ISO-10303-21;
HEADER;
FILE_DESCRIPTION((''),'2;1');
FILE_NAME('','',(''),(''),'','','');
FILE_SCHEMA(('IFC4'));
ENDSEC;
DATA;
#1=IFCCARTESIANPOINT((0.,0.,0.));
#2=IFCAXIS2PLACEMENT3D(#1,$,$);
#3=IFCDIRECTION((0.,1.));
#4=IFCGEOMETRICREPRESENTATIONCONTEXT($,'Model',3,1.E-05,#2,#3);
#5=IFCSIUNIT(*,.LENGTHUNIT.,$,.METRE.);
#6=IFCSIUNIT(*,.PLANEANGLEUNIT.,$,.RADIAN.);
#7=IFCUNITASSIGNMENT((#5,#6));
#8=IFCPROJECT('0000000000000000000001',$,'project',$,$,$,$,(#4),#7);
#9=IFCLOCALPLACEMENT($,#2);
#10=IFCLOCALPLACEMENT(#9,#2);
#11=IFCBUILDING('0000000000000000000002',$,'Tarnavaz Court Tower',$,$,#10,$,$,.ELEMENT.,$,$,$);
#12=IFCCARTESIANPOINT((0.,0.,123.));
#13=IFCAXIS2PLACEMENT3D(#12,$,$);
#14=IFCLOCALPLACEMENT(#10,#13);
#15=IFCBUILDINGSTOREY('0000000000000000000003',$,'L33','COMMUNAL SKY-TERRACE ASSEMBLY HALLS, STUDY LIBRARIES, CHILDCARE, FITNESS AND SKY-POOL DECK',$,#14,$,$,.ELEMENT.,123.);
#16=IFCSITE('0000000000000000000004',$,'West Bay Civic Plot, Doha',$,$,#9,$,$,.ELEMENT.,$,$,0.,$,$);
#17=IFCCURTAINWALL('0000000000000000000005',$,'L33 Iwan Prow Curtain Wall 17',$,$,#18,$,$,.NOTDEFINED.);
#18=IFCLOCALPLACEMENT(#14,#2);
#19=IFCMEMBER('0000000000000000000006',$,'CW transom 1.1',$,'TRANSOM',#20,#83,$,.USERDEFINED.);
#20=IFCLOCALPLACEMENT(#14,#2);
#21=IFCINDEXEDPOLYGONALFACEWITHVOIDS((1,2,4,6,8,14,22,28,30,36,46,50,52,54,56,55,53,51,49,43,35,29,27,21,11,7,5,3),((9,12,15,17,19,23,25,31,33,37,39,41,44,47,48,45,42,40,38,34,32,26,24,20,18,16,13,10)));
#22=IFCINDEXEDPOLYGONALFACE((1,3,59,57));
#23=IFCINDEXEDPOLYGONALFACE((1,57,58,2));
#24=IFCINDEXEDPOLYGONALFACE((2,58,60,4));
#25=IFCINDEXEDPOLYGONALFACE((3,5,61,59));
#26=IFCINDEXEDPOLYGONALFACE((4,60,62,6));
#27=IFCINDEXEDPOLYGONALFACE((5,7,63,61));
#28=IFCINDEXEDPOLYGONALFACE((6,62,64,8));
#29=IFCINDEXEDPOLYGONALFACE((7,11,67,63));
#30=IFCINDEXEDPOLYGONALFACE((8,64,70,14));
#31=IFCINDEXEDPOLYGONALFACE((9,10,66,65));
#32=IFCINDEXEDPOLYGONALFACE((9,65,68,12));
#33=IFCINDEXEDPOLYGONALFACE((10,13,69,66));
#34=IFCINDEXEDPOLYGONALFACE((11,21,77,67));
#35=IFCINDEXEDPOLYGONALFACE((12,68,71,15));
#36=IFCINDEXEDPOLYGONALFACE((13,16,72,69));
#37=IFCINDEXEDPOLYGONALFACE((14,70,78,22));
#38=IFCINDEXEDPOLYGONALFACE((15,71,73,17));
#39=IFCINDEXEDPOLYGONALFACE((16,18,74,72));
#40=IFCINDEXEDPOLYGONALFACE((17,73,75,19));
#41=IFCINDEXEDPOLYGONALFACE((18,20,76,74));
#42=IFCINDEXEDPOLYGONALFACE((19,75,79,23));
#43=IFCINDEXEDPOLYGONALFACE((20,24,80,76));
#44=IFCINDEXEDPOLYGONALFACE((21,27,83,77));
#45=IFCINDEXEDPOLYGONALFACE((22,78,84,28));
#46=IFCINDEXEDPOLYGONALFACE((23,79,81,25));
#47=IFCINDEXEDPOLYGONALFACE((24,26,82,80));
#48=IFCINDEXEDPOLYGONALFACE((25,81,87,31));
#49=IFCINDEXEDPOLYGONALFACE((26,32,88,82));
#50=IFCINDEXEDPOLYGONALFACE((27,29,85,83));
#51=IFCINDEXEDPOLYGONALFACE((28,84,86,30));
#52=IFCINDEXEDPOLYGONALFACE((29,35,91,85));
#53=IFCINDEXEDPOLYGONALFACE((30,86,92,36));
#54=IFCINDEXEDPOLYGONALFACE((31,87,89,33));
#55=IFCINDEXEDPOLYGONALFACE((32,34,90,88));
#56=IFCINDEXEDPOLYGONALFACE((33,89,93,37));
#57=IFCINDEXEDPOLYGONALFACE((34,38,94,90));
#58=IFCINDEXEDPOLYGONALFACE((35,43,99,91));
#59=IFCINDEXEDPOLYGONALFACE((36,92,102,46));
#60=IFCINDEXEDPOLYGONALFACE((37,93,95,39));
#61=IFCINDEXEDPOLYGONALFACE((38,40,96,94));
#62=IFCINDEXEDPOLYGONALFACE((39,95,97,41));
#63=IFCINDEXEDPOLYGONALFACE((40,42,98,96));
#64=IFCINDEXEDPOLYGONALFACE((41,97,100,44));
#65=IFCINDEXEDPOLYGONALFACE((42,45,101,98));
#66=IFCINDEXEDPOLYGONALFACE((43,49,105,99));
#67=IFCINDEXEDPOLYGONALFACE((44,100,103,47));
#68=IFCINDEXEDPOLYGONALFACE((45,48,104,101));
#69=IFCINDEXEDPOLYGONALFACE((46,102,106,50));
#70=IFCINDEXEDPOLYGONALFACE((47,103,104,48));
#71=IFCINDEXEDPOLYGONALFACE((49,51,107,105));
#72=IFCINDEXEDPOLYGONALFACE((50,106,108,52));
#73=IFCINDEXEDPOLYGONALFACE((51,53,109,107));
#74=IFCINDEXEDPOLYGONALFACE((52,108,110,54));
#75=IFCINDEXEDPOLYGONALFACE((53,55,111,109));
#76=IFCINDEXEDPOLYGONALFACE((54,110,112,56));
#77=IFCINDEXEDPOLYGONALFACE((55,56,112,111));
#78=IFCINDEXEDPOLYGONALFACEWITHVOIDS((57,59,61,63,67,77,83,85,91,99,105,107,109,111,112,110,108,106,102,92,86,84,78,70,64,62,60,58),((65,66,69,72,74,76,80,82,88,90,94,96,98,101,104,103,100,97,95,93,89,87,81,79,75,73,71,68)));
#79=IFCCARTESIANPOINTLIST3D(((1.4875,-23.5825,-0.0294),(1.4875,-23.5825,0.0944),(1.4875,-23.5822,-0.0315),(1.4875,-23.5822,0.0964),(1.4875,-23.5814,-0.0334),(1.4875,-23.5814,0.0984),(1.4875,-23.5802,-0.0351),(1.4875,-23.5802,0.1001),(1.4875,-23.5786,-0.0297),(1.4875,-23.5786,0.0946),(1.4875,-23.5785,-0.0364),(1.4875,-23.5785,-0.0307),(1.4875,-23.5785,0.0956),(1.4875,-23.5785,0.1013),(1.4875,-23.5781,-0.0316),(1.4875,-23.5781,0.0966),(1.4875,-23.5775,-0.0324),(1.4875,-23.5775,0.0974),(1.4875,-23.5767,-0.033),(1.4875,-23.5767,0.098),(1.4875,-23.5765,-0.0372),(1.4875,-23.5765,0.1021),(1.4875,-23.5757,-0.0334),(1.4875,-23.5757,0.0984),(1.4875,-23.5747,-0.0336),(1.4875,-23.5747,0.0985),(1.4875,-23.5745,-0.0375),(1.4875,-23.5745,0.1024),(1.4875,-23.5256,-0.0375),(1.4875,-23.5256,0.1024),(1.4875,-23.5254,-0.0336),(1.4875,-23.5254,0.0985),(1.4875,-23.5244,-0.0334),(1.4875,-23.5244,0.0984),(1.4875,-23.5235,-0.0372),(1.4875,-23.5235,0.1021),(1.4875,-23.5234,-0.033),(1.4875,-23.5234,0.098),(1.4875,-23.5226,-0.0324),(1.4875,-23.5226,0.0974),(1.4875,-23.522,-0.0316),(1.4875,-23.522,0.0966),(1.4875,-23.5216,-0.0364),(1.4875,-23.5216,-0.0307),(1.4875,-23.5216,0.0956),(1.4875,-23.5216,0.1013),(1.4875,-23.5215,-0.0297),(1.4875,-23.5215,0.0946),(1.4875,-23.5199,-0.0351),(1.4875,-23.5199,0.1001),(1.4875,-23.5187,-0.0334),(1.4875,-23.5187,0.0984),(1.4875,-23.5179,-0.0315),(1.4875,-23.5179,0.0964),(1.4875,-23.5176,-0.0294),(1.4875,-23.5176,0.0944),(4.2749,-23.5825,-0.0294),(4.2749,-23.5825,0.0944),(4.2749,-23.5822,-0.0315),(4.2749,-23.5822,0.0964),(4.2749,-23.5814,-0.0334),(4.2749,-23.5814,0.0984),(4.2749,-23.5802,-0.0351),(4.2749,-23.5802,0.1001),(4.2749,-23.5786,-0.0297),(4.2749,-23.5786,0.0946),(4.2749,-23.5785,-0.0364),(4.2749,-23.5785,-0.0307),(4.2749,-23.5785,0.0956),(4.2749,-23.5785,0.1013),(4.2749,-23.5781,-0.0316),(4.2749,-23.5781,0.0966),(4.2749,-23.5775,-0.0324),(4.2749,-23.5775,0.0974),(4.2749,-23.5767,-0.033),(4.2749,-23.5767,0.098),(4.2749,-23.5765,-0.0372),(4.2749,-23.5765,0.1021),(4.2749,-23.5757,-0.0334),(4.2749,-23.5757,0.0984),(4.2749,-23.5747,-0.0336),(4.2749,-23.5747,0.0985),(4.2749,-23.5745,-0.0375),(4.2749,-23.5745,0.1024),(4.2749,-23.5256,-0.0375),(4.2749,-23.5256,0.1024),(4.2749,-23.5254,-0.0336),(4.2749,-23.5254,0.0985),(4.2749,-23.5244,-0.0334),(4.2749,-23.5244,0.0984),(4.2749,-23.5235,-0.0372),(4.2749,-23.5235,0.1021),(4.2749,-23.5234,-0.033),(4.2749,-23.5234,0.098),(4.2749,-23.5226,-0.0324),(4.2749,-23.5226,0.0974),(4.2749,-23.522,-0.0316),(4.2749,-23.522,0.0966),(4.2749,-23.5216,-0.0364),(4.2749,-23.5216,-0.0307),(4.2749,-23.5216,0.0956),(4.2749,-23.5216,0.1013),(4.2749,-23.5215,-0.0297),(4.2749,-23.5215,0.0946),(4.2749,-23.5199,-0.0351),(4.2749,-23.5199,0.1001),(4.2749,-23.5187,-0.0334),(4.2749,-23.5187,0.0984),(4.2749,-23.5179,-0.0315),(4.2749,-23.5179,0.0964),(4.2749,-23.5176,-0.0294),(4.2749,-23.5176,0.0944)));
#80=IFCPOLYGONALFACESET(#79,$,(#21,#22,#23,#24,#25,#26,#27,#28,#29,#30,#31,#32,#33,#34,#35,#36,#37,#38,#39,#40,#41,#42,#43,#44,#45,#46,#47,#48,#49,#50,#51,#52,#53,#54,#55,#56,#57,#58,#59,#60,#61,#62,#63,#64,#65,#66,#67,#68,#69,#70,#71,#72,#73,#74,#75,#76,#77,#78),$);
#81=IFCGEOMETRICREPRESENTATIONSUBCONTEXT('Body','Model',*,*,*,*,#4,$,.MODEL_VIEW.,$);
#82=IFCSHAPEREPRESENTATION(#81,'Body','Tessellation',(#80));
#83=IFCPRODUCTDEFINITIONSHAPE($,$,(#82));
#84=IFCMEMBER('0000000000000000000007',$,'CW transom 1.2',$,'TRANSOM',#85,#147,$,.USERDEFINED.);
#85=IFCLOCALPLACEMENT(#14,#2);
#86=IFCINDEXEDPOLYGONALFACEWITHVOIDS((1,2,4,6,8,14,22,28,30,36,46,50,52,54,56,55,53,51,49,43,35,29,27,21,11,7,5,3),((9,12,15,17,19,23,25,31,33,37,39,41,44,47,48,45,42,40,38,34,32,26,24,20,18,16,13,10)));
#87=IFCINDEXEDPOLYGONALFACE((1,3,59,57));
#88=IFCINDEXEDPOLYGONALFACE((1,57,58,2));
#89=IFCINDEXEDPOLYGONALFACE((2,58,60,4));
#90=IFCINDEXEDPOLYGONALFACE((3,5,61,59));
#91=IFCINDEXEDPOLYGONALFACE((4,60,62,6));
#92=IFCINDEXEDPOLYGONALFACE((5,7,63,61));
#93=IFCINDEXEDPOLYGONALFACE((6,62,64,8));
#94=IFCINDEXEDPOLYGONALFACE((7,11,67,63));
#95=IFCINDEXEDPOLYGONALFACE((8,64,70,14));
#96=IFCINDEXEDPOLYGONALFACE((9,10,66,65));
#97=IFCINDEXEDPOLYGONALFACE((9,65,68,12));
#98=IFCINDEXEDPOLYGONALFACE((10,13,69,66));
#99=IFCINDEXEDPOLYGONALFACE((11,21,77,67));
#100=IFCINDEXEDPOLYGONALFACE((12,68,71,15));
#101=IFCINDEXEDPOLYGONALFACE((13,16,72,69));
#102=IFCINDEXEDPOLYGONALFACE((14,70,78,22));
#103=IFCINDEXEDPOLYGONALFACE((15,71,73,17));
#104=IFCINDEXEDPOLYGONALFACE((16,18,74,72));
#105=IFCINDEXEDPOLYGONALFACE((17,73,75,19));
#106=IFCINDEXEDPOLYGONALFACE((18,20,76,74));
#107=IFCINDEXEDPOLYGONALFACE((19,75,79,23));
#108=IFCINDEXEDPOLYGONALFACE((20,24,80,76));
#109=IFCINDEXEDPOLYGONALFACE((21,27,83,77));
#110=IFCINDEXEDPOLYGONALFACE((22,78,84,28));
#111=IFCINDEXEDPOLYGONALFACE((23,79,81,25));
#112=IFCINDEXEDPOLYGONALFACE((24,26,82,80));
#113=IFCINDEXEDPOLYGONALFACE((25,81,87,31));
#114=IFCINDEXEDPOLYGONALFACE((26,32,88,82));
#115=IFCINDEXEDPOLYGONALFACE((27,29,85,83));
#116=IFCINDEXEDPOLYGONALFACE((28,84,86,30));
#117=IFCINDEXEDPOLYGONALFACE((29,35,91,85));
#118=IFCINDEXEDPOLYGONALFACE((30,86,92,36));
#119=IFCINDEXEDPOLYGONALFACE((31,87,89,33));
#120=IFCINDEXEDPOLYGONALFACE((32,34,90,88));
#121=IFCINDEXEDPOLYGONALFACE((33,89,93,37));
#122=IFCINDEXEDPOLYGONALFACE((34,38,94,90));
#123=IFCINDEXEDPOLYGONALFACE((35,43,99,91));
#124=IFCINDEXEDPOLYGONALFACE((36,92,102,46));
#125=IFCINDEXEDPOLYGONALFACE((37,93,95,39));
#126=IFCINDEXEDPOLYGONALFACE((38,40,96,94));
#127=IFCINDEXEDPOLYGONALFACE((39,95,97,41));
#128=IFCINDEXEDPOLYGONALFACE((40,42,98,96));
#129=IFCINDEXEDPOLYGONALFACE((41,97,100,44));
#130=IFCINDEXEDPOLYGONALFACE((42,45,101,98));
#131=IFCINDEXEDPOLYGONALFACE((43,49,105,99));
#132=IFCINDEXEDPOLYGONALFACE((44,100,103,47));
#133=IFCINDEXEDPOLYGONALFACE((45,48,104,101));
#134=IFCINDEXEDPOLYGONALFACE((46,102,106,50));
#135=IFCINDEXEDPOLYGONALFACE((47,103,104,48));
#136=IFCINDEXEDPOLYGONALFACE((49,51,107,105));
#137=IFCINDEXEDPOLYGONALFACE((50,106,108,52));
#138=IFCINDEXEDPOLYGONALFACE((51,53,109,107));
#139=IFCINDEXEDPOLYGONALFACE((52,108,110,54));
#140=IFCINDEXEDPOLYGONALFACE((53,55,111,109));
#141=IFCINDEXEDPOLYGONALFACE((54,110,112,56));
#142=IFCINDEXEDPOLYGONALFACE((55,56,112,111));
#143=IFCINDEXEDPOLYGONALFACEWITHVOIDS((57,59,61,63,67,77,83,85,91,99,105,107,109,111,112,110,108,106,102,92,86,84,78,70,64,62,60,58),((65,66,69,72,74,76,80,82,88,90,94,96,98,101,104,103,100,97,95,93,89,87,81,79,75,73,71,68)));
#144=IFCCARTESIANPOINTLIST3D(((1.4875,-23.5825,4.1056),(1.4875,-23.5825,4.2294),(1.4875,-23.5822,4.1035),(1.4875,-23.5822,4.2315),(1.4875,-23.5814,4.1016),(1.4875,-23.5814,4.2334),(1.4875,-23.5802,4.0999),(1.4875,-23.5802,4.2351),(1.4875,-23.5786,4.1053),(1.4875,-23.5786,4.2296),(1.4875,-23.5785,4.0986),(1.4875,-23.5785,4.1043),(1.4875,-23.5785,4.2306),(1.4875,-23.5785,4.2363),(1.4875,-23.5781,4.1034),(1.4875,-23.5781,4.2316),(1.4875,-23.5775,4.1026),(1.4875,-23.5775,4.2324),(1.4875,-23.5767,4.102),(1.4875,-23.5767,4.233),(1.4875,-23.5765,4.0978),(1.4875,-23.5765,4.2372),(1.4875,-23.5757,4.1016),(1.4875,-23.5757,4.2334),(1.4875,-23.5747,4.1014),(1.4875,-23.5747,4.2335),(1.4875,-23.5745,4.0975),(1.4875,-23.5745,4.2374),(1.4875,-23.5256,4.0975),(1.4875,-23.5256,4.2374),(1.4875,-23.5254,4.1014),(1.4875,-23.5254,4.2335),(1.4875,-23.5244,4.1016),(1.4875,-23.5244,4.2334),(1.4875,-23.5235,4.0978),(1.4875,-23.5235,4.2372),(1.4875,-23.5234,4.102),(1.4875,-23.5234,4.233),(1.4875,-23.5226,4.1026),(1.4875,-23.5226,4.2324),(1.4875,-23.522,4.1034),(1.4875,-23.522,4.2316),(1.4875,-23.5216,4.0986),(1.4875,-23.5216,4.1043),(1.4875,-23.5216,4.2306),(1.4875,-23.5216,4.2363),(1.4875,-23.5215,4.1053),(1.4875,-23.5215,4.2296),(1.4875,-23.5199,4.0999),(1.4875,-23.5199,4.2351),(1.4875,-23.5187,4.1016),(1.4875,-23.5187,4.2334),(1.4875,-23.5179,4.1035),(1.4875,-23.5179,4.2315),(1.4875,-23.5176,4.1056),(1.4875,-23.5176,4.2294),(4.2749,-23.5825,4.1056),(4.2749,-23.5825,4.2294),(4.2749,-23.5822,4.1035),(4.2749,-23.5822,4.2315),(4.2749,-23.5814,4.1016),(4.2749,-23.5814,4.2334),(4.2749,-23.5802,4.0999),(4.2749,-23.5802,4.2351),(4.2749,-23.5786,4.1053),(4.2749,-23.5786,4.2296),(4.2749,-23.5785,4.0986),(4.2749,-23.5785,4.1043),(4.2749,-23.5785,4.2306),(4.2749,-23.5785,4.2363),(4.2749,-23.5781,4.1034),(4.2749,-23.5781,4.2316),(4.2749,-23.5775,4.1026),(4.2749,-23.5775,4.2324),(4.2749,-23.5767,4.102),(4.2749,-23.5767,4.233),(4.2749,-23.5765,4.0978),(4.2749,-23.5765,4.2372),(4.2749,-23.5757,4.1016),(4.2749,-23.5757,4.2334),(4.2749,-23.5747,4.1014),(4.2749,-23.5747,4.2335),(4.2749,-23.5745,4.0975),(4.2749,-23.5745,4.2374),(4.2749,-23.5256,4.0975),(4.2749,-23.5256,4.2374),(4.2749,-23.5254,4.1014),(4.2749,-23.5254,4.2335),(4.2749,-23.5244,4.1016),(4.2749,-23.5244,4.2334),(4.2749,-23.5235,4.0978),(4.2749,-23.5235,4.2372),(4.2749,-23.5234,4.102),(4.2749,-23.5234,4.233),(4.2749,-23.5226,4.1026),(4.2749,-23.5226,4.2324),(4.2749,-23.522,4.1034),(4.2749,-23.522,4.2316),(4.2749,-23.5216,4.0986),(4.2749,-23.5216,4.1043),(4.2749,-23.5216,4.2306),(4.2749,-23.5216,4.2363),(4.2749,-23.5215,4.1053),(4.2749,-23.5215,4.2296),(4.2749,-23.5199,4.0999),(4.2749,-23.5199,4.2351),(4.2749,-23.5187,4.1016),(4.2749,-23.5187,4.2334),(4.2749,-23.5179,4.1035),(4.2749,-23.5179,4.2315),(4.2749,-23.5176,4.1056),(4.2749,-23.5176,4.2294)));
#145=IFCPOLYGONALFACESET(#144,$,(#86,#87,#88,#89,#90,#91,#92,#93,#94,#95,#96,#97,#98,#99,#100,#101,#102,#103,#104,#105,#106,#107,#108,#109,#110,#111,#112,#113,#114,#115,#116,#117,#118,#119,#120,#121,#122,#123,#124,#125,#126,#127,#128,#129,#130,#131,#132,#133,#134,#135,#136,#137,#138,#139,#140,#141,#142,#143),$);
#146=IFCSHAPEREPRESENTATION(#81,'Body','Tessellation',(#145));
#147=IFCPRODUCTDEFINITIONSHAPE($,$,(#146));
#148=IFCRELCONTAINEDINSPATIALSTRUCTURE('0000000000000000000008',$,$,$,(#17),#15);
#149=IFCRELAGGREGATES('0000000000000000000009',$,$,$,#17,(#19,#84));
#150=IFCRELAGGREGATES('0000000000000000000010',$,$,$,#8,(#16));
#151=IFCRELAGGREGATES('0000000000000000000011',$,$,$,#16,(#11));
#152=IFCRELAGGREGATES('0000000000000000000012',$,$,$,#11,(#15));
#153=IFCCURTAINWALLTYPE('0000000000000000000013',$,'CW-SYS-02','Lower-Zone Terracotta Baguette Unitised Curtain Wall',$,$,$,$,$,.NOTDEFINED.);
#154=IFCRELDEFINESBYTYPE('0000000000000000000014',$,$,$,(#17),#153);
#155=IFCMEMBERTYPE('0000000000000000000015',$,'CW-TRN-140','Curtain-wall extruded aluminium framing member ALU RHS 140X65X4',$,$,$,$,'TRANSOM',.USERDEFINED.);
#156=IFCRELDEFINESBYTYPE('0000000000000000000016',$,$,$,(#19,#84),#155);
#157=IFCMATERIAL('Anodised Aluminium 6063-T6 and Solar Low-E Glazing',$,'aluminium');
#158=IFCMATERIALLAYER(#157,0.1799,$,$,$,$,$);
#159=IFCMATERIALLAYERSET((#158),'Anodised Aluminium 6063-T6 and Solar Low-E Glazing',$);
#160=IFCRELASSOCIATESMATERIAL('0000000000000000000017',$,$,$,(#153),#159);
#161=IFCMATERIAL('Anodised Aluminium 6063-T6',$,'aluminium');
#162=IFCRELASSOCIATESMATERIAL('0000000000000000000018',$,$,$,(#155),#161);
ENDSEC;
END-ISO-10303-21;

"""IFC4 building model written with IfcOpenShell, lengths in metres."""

from ifc_helpers import new_model, si_unit, direction, frame, origin, origin_2d, place, context, subcontext, project, spatial, hollow_rectangle, extrude, material, layer, layer_set, material_profile, profile_set, type_object, element, aggregate, save


model = new_model("IFC4")

# Units and contexts
model_context = context("Model", 3, precision=1e-05, world=origin(), true_north=direction((0.0, 1.0)))
body_context = subcontext(model_context, "Body", "Model", "MODEL_VIEW")
ifc_project = project(units=[si_unit("LENGTHUNIT", "METRE"), si_unit("PLANEANGLEUNIT", "RADIAN")], contexts=[model_context])

# Site, building, storey
site_placement = place(None, origin())
site = spatial("IfcSite", under=ifc_project, at=site_placement, Name="West Bay Civic Plot, Doha", CompositionType="ELEMENT", RefElevation=0.0)
building_placement = place(site_placement, origin())
building = spatial("IfcBuilding", under=site, at=building_placement, Name="Tarnavaz Court Tower", CompositionType="ELEMENT")
storey_placement = place(building_placement, frame((0.0, 0.0, 123.0)))
storey = spatial("IfcBuildingStorey", under=building, at=storey_placement, Name="L33", Description="COMMUNAL SKY-TERRACE ASSEMBLY HALLS, STUDY LIBRARIES, CHILDCARE, FITNESS AND SKY-POOL DECK", CompositionType="ELEMENT", Elevation=123.0)

# Shared definitions
ifc_material_1 = material(Name="Anodised Aluminium 6063-T6 and Solar Low-E Glazing", Category="aluminium")
ifc_material_2 = material(Name="Anodised Aluminium 6063-T6", Category="aluminium")

# Curtain wall
ifc_layer_1 = layer(ifc_material_1, 0.1799)
ifc_layer_set_1 = layer_set([ifc_layer_1], Name="Anodised Aluminium 6063-T6 and Solar Low-E Glazing")
curtain_wall_type_1 = type_object("IfcCurtainWallType", Name="CW-SYS-02", Description="Lower-Zone Terracotta Baguette Unitised Curtain Wall", PredefinedType="NOTDEFINED", material=ifc_layer_set_1)
curtain_wall_1_placement = place(storey_placement, origin())
curtain_wall_1 = element("IfcCurtainWall", 1, at=curtain_wall_1_placement, inside=storey, type_object=curtain_wall_type_1, Name="L33 Iwan Prow Curtain Wall 17", PredefinedType="NOTDEFINED")

# Members
ifc_material_profile_1 = material_profile(ifc_material_2, hollow_rectangle(XDim=0.0649, YDim=0.1399, WallThickness=0.0039, InnerFilletRadius=0.0039, OuterFilletRadius=0.0081, at=origin_2d()), Name="ALU RHS 140X65X4")
ifc_profile_set_1 = profile_set([ifc_material_profile_1], Name="Anodised Aluminium 6063-T6")
member_type_1 = type_object("IfcMemberType", Name="CW-TRN-140", Description="Curtain-wall extruded aluminium framing member ALU RHS 140X65X4", ElementType="TRANSOM", PredefinedType="USERDEFINED", material=ifc_profile_set_1)
member_1_placement = place(storey_placement, frame((4.2749, -23.55, 0.0325), z_axis=(-1.0, 0.0, 0.0), x_axis=(0.0, -1.0, 0.0)))
member_1 = element("IfcMember", 2, at=member_1_placement, type_object=member_type_1, Name="CW transom 1.1", ObjectType="TRANSOM", PredefinedType="USERDEFINED", context=body_context, shape_type="SweptSolid", body=[
    extrude(hollow_rectangle(XDim=0.0649, YDim=0.1399, WallThickness=0.0039, InnerFilletRadius=0.0039, OuterFilletRadius=0.0081, at=origin_2d()), origin(), (0.0, 0.0, 1.0), 2.7874),
])
member_2_placement = place(storey_placement, frame((4.2749, -23.55, 4.1675), z_axis=(-1.0, 0.0, 0.0), x_axis=(0.0, -1.0, 0.0)))
member_2 = element("IfcMember", 3, at=member_2_placement, type_object=member_type_1, Name="CW transom 1.2", ObjectType="TRANSOM", PredefinedType="USERDEFINED", context=body_context, shape_type="SweptSolid", body=[
    extrude(hollow_rectangle(XDim=0.0649, YDim=0.1399, WallThickness=0.0039, InnerFilletRadius=0.0039, OuterFilletRadius=0.0081, at=origin_2d()), origin(), (0.0, 0.0, 1.0), 2.7874),
])

aggregate(curtain_wall_1, [member_1, member_2])

save(model, "model.ifc")
